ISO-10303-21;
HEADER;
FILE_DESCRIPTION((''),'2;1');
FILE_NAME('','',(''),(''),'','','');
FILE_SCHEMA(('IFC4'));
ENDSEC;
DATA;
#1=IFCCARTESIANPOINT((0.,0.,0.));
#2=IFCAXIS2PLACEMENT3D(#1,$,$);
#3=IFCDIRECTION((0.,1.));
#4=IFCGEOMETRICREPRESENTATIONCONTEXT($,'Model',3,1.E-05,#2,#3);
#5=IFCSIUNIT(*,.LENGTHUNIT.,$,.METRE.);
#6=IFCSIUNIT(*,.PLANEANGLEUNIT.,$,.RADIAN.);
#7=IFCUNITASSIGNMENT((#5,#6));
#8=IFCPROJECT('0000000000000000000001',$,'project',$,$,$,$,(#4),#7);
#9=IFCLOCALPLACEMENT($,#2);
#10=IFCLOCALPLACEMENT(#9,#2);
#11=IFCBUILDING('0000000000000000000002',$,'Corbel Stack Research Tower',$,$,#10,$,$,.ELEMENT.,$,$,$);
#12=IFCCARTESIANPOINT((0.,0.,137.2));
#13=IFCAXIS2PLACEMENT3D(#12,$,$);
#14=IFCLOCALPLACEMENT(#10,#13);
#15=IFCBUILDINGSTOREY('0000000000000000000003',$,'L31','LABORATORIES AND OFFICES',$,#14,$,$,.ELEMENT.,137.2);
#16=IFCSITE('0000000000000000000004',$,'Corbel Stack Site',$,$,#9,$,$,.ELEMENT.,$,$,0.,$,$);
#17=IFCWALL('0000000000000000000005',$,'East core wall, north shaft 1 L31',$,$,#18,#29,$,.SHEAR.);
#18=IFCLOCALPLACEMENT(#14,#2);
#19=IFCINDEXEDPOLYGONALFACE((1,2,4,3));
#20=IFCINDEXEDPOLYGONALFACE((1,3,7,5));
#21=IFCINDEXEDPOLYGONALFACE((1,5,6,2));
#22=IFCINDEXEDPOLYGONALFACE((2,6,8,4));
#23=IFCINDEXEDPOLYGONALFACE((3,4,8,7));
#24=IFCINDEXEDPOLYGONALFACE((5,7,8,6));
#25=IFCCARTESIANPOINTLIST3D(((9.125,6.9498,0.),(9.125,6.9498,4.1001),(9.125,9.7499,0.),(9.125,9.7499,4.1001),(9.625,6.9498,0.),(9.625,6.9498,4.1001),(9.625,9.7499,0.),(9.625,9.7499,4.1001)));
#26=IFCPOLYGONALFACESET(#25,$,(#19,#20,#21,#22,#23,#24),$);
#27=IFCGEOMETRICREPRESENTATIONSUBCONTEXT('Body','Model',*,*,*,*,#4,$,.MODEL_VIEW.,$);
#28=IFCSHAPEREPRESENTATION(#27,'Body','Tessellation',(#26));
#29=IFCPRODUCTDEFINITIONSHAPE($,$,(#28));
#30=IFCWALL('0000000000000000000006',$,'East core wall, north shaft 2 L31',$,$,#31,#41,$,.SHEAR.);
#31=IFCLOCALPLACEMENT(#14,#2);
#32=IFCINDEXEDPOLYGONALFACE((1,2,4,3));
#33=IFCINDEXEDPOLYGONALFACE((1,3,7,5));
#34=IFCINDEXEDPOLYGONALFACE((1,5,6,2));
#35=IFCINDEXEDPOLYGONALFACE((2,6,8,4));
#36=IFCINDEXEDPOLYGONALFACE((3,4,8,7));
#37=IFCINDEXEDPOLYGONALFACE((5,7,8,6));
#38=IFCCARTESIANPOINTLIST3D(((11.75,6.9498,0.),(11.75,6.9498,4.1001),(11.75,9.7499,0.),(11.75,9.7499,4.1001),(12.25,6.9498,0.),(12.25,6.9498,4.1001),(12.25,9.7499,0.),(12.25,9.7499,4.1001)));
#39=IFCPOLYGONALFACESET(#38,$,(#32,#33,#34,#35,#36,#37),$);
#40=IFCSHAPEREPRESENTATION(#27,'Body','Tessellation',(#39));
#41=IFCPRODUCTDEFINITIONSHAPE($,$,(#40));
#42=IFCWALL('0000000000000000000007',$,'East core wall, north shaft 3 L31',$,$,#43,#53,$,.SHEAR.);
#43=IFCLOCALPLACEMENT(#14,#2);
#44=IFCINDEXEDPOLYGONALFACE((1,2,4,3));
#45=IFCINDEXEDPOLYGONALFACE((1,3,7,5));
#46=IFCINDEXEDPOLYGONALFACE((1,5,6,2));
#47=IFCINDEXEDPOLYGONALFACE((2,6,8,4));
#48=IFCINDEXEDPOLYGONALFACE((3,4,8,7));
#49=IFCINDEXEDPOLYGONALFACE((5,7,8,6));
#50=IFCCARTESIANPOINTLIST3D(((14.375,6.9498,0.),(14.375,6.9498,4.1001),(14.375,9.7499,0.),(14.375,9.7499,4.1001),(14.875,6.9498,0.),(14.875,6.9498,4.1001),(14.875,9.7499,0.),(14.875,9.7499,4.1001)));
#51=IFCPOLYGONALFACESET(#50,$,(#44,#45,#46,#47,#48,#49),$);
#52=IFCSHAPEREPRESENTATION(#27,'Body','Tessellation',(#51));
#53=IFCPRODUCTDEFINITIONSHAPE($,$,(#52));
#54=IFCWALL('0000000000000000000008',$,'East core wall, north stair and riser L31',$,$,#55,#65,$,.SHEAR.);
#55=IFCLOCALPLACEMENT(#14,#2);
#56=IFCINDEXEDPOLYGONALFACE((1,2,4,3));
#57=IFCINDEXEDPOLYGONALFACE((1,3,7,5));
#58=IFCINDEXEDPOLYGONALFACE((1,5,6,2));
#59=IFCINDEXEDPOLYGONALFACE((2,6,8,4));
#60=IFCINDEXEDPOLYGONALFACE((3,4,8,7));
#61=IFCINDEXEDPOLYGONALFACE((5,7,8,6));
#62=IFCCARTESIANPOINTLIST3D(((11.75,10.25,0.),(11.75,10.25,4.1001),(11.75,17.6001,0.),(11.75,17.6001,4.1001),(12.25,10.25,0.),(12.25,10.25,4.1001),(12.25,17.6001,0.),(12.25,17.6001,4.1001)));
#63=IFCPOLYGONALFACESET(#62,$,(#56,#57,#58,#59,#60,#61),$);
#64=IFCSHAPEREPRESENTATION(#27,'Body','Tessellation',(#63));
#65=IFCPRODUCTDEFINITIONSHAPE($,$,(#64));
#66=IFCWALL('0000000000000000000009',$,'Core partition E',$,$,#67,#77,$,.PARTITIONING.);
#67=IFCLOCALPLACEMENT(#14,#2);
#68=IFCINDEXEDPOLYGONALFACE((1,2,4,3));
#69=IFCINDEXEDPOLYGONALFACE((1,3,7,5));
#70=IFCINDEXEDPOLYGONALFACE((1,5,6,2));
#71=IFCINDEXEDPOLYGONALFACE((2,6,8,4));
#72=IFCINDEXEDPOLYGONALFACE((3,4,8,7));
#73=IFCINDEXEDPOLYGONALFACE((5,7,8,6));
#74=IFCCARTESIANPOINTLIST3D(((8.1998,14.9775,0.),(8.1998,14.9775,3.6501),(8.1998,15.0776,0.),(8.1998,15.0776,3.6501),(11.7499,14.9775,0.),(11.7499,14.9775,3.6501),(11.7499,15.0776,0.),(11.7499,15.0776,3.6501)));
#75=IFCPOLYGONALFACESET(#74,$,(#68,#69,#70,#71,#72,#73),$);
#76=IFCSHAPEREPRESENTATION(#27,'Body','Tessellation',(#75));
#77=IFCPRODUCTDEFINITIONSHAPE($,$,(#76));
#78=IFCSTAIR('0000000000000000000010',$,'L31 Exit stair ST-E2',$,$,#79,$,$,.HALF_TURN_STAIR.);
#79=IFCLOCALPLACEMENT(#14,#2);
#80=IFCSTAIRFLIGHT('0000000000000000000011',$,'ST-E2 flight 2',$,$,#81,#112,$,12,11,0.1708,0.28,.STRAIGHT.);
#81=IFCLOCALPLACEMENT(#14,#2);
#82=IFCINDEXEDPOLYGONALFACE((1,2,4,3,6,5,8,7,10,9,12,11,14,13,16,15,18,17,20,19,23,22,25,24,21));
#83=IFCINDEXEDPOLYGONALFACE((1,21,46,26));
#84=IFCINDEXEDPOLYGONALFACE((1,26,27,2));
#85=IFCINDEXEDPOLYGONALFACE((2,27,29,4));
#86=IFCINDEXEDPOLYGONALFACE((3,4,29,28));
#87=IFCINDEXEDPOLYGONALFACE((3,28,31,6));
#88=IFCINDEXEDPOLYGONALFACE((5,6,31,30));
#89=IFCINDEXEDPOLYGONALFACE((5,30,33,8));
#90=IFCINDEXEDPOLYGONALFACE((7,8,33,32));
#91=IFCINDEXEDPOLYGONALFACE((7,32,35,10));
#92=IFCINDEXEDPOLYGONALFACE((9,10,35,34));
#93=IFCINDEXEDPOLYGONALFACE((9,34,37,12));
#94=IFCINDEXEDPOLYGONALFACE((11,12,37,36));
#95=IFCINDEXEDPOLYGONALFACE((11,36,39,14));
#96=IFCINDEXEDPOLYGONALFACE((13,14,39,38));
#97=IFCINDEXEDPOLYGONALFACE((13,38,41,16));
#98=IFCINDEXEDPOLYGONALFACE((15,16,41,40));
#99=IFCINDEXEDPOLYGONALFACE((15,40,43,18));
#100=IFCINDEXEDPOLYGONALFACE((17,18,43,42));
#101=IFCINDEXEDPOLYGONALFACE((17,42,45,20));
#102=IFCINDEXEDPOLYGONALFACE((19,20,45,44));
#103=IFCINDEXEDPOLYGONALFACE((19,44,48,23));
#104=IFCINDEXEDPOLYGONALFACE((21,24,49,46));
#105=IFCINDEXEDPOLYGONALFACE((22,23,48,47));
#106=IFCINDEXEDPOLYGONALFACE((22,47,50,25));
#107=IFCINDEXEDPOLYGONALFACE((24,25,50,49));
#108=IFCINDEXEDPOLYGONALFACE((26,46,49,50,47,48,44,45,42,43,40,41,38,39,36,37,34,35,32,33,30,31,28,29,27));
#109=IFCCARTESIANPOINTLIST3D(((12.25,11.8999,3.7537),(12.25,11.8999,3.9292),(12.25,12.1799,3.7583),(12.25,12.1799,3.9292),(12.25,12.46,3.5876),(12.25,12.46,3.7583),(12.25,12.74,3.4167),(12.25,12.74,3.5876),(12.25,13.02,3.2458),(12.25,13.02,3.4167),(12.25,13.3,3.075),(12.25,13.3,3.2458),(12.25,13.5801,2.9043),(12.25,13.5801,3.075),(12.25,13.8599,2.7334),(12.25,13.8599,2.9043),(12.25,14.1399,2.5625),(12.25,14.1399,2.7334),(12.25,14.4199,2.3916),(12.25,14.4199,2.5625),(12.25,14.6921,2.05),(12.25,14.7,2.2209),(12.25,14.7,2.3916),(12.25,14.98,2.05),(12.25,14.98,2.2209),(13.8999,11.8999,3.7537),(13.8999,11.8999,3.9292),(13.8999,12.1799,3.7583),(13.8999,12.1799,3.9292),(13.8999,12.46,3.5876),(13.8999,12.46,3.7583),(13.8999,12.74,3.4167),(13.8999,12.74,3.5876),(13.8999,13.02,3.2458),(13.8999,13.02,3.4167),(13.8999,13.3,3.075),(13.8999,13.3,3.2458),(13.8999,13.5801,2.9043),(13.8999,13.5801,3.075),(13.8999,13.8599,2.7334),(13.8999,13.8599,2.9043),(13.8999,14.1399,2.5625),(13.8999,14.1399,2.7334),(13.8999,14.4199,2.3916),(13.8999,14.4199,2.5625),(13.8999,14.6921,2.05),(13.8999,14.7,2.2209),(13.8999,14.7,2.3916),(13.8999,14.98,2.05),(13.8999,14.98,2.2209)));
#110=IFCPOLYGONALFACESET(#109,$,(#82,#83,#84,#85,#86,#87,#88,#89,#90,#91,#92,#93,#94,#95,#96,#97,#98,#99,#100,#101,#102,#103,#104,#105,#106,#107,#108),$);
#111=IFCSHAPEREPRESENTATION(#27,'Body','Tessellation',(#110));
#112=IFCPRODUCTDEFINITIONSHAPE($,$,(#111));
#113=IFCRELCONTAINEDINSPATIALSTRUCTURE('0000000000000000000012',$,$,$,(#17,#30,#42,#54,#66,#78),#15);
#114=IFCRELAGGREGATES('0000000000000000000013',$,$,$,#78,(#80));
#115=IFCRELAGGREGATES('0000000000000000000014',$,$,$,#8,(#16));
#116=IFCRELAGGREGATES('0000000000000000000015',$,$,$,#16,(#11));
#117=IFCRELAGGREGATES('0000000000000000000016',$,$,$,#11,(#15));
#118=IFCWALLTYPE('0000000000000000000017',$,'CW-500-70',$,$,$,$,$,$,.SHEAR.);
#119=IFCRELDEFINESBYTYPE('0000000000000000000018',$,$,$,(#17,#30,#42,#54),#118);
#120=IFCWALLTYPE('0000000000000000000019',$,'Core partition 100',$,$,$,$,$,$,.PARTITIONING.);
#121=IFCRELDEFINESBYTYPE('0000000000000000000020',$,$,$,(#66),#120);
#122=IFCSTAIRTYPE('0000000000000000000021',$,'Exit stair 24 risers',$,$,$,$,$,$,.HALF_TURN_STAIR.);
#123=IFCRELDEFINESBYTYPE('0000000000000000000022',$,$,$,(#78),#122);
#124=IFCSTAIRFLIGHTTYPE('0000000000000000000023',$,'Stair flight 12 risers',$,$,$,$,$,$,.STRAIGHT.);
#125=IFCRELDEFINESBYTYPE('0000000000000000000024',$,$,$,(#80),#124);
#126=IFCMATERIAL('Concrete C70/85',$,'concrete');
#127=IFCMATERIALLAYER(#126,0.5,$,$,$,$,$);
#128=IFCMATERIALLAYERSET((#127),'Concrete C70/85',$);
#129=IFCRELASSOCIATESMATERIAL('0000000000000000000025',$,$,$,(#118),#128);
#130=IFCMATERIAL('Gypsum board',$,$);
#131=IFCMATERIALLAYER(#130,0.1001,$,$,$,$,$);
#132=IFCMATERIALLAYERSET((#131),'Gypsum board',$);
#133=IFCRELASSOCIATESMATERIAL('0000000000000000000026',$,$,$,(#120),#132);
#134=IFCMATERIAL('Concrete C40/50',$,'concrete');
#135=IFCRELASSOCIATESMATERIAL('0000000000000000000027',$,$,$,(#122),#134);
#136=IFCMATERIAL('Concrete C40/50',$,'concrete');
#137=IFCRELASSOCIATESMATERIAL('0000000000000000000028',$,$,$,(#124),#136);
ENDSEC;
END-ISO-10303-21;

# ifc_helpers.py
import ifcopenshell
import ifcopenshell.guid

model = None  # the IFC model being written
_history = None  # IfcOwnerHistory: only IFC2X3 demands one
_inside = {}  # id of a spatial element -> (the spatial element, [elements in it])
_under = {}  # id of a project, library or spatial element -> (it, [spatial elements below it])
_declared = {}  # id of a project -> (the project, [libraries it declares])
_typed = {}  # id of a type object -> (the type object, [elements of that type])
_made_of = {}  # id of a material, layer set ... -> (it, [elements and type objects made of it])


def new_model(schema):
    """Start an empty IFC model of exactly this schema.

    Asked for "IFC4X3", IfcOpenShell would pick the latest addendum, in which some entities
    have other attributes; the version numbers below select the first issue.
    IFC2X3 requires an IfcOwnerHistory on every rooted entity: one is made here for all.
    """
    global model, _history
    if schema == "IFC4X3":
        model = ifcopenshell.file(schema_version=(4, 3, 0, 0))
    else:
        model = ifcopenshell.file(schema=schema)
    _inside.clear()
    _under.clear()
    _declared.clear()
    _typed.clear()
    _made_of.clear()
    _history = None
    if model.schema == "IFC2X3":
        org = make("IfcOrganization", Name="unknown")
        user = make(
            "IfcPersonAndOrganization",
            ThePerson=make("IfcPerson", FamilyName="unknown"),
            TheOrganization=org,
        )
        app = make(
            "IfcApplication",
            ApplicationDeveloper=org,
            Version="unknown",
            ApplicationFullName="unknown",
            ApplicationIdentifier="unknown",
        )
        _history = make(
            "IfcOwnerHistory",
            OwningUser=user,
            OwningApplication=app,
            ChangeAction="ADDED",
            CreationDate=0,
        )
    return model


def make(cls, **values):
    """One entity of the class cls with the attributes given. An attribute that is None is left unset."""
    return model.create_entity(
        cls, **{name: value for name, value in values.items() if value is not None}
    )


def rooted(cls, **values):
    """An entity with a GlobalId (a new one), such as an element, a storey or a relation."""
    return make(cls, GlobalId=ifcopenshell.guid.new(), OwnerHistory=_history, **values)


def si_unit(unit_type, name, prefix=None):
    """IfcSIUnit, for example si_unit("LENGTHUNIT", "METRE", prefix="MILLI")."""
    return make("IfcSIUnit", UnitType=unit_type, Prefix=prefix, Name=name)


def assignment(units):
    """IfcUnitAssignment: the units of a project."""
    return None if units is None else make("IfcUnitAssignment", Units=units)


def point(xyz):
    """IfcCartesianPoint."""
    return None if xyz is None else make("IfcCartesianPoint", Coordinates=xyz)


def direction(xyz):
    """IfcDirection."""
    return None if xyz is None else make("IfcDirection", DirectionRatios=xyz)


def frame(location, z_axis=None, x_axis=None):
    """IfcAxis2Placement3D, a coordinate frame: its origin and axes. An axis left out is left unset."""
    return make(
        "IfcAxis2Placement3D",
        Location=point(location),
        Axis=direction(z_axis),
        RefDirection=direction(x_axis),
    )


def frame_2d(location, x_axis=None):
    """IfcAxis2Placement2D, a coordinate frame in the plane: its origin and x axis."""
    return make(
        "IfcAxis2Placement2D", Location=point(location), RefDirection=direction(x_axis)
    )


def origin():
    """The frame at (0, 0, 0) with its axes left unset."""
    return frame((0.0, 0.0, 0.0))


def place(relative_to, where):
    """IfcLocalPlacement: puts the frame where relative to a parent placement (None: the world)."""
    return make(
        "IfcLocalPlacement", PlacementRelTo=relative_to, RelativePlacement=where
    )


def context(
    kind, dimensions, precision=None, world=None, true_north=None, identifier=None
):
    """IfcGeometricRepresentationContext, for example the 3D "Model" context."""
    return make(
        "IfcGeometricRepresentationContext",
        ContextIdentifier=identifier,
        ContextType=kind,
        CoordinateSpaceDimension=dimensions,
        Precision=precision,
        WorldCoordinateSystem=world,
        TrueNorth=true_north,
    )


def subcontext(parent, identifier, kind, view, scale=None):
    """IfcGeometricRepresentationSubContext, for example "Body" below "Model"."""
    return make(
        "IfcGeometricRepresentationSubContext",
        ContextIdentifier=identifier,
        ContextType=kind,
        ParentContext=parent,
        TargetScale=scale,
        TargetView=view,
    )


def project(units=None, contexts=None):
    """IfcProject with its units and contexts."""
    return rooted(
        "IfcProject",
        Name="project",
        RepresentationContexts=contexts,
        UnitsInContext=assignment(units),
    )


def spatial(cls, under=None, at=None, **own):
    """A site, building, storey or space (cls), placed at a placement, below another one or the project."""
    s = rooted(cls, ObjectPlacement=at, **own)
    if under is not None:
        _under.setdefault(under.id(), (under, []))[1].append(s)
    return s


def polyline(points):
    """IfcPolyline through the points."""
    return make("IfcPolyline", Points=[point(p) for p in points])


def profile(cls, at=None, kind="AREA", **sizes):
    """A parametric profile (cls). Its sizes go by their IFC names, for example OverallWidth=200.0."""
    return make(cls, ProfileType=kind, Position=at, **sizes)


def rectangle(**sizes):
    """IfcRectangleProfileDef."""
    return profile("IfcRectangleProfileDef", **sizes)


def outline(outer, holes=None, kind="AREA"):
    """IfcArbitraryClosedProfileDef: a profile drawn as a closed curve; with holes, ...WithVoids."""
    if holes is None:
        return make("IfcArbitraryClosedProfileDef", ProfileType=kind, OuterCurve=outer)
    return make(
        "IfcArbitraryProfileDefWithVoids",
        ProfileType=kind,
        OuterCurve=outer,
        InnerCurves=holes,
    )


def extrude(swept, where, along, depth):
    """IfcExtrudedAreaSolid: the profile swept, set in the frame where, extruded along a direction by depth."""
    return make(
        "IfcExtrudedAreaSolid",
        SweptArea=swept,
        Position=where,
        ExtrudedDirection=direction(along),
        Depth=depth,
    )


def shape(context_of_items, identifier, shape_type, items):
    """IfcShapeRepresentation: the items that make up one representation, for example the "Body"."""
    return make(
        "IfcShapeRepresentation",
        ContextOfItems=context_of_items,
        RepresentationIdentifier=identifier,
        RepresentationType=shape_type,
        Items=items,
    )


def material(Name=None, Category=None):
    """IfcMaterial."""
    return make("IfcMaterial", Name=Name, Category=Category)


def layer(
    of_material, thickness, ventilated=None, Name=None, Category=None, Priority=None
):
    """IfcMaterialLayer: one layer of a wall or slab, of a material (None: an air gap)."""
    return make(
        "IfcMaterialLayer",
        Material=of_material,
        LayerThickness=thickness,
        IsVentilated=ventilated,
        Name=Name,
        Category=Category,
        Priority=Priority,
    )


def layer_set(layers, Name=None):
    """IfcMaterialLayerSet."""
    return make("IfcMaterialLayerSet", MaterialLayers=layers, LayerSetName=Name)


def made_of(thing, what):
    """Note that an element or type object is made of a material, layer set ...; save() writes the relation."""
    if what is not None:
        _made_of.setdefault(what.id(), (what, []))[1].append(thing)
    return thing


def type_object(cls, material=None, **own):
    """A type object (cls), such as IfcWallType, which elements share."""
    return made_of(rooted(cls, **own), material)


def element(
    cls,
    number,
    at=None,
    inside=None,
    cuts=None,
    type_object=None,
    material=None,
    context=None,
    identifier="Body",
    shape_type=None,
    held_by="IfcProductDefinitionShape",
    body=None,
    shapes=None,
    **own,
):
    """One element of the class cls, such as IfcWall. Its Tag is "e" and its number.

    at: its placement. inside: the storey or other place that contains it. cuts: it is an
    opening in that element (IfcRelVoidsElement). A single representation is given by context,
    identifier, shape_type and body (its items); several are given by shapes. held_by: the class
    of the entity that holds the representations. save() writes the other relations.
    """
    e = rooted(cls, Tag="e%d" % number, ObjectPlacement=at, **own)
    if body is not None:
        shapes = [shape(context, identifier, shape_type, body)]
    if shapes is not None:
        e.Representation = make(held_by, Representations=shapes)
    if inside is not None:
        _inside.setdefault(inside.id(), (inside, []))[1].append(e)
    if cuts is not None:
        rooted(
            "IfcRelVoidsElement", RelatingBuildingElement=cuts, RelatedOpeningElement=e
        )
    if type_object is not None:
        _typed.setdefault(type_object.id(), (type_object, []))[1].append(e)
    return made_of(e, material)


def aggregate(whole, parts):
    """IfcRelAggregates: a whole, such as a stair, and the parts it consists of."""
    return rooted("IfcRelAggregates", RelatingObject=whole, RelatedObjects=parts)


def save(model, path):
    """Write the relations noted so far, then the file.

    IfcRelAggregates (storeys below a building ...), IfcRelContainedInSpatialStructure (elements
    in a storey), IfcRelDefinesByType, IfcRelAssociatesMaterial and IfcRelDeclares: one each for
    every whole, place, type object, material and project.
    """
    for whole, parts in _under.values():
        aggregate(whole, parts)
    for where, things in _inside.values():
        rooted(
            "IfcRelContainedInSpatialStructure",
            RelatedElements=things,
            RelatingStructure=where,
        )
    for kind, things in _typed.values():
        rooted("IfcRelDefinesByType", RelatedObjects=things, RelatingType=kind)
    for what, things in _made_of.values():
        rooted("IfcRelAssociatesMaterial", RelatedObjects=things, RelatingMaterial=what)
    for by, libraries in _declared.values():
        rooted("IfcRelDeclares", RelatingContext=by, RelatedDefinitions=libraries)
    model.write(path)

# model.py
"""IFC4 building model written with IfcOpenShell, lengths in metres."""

from ifc_helpers import new_model, si_unit, direction, frame, frame_2d, origin, place, context, subcontext, project, spatial, polyline, rectangle, outline, extrude, material, layer, layer_set, type_object, element, aggregate, save


model = new_model("IFC4")

# Units and contexts
model_context = context("Model", 3, precision=1e-05, world=origin(), true_north=direction((0.0, 1.0)))
body_context = subcontext(model_context, "Body", "Model", "MODEL_VIEW")
ifc_project = project(units=[si_unit("LENGTHUNIT", "METRE"), si_unit("PLANEANGLEUNIT", "RADIAN")], contexts=[model_context])

# Site, building, storey
site_placement = place(None, origin())
site = spatial("IfcSite", under=ifc_project, at=site_placement, Name="Corbel Stack Site", CompositionType="ELEMENT", RefElevation=0.0)
building_placement = place(site_placement, origin())
building = spatial("IfcBuilding", under=site, at=building_placement, Name="Corbel Stack Research Tower", CompositionType="ELEMENT")
storey_placement = place(building_placement, frame((0.0, 0.0, 137.2)))
storey = spatial("IfcBuildingStorey", under=building, at=storey_placement, Name="L31", Description="LABORATORIES AND OFFICES", CompositionType="ELEMENT", Elevation=137.2)

# Walls
ifc_material_1 = material(Name="Concrete C70/85", Category="concrete")
ifc_layer_1 = layer(ifc_material_1, 0.5)
ifc_layer_set_1 = layer_set([ifc_layer_1], Name="Concrete C70/85")
wall_type_1 = type_object("IfcWallType", Name="CW-500-70", PredefinedType="SHEAR", material=ifc_layer_set_1)
for number, where, z_axis, x_axis, name in (
    (1, (9.375, 6.95, 0.0), (0.0, 0.0, 1.0), (0.0, 1.0, 0.0), "East core wall, north shaft 1 L31"),
    (2, (12.0, 6.95, 0.0), (0.0, 0.0, 1.0), (0.0, 1.0, 0.0), "East core wall, north shaft 2 L31"),
    (3, (14.625, 6.95, 0.0), (0.0, 0.0, 1.0), (0.0, 1.0, 0.0), "East core wall, north shaft 3 L31"),
):
    element("IfcWall", number, at=place(storey_placement, frame(where, z_axis=z_axis, x_axis=x_axis)), inside=storey, type_object=wall_type_1, Name=name, PredefinedType="SHEAR", context=body_context, shape_type="SweptSolid", body=[
        extrude(rectangle(XDim=2.8, YDim=0.5, at=frame_2d((1.3999, 0.0))), origin(), (0.0, 0.0, 1.0), 4.1001),
    ])
wall_1_placement = place(storey_placement, frame((12.0, 10.25, 0.0), z_axis=(0.0, 0.0, 1.0), x_axis=(0.0, 1.0, 0.0)))
element("IfcWall", 4, at=wall_1_placement, inside=storey, type_object=wall_type_1, Name="East core wall, north stair and riser L31", PredefinedType="SHEAR", context=body_context, shape_type="SweptSolid", body=[
    extrude(rectangle(XDim=7.3501, YDim=0.5, at=frame_2d((3.675, 0.0))), origin(), (0.0, 0.0, 1.0), 4.1001),
])
ifc_material_2 = material(Name="Gypsum board")
ifc_layer_2 = layer(ifc_material_2, 0.1001)
ifc_layer_set_2 = layer_set([ifc_layer_2], Name="Gypsum board")
wall_type_2 = type_object("IfcWallType", Name="Core partition 100", PredefinedType="PARTITIONING", material=ifc_layer_set_2)
wall_2_placement = place(storey_placement, frame((8.2, 15.0276, 0.0), z_axis=(0.0, 0.0, 1.0), x_axis=(1.0, 0.0, 0.0)))
element("IfcWall", 5, at=wall_2_placement, inside=storey, type_object=wall_type_2, Name="Core partition E", PredefinedType="PARTITIONING", context=body_context, shape_type="SweptSolid", body=[
    extrude(rectangle(XDim=3.55, YDim=0.1001, at=frame_2d((1.7749, 0.0))), origin(), (0.0, 0.0, 1.0), 3.6501),
])

# Stair, stair flight
ifc_material_3 = material(Name="Concrete C40/50", Category="concrete")
stair_type = type_object("IfcStairType", Name="Exit stair 24 risers", PredefinedType="HALF_TURN_STAIR", material=ifc_material_3)
stair_placement = place(storey_placement, origin())
stair = element("IfcStair", 6, at=stair_placement, inside=storey, type_object=stair_type, Name="L31 Exit stair ST-E2", PredefinedType="HALF_TURN_STAIR")
ifc_material_4 = material(Name="Concrete C40/50", Category="concrete")
stair_flight_type = type_object("IfcStairFlightType", Name="Stair flight 12 risers", PredefinedType="STRAIGHT", material=ifc_material_4)
stair_flight_placement = place(storey_placement, frame((13.075, 14.98, 2.05), z_axis=(0.0, 0.0, 1.0), x_axis=(0.0, -1.0, 0.0)))
stair_flight = element("IfcStairFlight", 7, at=stair_flight_placement, type_object=stair_flight_type, Name="ST-E2 flight 2", NumberOfRisers=12, NumberOfTreads=11, PredefinedType="STRAIGHT", RiserHeight=0.1708, TreadLength=0.28, context=body_context, shape_type="SweptSolid", body=[
    extrude(outline(polyline([(0.0, 0.0), (0.0, 0.1709), (0.28, 0.1709), (0.28, 0.3416), (0.5601, 0.3416), (0.5601, 0.5125), (0.8401, 0.5125), (0.8401, 0.6833), (1.1201, 0.6833), (1.1201, 0.8542), (1.3999, 0.8542), (1.3999, 1.0249), (1.6799, 1.0249), (1.6799, 1.1958), (1.96, 1.1958), (1.96, 1.3667), (2.24, 1.3667), (2.24, 1.5376), (2.52, 1.5376), (2.52, 1.7083), (2.8, 1.7083), (2.8, 1.8792), (3.0801, 1.8792), (3.0801, 2.05), (3.0801, 1.7036), (0.2878, 0.0), (0.0, 0.0)])), frame((0.0, 0.825, 0.0), z_axis=(0.0, -1.0, 0.0), x_axis=(1.0, 0.0, 0.0)), (0.0, 0.0, 1.0), 1.6499),
])
aggregate(stair, [stair_flight])

save(model, "model.ifc")
